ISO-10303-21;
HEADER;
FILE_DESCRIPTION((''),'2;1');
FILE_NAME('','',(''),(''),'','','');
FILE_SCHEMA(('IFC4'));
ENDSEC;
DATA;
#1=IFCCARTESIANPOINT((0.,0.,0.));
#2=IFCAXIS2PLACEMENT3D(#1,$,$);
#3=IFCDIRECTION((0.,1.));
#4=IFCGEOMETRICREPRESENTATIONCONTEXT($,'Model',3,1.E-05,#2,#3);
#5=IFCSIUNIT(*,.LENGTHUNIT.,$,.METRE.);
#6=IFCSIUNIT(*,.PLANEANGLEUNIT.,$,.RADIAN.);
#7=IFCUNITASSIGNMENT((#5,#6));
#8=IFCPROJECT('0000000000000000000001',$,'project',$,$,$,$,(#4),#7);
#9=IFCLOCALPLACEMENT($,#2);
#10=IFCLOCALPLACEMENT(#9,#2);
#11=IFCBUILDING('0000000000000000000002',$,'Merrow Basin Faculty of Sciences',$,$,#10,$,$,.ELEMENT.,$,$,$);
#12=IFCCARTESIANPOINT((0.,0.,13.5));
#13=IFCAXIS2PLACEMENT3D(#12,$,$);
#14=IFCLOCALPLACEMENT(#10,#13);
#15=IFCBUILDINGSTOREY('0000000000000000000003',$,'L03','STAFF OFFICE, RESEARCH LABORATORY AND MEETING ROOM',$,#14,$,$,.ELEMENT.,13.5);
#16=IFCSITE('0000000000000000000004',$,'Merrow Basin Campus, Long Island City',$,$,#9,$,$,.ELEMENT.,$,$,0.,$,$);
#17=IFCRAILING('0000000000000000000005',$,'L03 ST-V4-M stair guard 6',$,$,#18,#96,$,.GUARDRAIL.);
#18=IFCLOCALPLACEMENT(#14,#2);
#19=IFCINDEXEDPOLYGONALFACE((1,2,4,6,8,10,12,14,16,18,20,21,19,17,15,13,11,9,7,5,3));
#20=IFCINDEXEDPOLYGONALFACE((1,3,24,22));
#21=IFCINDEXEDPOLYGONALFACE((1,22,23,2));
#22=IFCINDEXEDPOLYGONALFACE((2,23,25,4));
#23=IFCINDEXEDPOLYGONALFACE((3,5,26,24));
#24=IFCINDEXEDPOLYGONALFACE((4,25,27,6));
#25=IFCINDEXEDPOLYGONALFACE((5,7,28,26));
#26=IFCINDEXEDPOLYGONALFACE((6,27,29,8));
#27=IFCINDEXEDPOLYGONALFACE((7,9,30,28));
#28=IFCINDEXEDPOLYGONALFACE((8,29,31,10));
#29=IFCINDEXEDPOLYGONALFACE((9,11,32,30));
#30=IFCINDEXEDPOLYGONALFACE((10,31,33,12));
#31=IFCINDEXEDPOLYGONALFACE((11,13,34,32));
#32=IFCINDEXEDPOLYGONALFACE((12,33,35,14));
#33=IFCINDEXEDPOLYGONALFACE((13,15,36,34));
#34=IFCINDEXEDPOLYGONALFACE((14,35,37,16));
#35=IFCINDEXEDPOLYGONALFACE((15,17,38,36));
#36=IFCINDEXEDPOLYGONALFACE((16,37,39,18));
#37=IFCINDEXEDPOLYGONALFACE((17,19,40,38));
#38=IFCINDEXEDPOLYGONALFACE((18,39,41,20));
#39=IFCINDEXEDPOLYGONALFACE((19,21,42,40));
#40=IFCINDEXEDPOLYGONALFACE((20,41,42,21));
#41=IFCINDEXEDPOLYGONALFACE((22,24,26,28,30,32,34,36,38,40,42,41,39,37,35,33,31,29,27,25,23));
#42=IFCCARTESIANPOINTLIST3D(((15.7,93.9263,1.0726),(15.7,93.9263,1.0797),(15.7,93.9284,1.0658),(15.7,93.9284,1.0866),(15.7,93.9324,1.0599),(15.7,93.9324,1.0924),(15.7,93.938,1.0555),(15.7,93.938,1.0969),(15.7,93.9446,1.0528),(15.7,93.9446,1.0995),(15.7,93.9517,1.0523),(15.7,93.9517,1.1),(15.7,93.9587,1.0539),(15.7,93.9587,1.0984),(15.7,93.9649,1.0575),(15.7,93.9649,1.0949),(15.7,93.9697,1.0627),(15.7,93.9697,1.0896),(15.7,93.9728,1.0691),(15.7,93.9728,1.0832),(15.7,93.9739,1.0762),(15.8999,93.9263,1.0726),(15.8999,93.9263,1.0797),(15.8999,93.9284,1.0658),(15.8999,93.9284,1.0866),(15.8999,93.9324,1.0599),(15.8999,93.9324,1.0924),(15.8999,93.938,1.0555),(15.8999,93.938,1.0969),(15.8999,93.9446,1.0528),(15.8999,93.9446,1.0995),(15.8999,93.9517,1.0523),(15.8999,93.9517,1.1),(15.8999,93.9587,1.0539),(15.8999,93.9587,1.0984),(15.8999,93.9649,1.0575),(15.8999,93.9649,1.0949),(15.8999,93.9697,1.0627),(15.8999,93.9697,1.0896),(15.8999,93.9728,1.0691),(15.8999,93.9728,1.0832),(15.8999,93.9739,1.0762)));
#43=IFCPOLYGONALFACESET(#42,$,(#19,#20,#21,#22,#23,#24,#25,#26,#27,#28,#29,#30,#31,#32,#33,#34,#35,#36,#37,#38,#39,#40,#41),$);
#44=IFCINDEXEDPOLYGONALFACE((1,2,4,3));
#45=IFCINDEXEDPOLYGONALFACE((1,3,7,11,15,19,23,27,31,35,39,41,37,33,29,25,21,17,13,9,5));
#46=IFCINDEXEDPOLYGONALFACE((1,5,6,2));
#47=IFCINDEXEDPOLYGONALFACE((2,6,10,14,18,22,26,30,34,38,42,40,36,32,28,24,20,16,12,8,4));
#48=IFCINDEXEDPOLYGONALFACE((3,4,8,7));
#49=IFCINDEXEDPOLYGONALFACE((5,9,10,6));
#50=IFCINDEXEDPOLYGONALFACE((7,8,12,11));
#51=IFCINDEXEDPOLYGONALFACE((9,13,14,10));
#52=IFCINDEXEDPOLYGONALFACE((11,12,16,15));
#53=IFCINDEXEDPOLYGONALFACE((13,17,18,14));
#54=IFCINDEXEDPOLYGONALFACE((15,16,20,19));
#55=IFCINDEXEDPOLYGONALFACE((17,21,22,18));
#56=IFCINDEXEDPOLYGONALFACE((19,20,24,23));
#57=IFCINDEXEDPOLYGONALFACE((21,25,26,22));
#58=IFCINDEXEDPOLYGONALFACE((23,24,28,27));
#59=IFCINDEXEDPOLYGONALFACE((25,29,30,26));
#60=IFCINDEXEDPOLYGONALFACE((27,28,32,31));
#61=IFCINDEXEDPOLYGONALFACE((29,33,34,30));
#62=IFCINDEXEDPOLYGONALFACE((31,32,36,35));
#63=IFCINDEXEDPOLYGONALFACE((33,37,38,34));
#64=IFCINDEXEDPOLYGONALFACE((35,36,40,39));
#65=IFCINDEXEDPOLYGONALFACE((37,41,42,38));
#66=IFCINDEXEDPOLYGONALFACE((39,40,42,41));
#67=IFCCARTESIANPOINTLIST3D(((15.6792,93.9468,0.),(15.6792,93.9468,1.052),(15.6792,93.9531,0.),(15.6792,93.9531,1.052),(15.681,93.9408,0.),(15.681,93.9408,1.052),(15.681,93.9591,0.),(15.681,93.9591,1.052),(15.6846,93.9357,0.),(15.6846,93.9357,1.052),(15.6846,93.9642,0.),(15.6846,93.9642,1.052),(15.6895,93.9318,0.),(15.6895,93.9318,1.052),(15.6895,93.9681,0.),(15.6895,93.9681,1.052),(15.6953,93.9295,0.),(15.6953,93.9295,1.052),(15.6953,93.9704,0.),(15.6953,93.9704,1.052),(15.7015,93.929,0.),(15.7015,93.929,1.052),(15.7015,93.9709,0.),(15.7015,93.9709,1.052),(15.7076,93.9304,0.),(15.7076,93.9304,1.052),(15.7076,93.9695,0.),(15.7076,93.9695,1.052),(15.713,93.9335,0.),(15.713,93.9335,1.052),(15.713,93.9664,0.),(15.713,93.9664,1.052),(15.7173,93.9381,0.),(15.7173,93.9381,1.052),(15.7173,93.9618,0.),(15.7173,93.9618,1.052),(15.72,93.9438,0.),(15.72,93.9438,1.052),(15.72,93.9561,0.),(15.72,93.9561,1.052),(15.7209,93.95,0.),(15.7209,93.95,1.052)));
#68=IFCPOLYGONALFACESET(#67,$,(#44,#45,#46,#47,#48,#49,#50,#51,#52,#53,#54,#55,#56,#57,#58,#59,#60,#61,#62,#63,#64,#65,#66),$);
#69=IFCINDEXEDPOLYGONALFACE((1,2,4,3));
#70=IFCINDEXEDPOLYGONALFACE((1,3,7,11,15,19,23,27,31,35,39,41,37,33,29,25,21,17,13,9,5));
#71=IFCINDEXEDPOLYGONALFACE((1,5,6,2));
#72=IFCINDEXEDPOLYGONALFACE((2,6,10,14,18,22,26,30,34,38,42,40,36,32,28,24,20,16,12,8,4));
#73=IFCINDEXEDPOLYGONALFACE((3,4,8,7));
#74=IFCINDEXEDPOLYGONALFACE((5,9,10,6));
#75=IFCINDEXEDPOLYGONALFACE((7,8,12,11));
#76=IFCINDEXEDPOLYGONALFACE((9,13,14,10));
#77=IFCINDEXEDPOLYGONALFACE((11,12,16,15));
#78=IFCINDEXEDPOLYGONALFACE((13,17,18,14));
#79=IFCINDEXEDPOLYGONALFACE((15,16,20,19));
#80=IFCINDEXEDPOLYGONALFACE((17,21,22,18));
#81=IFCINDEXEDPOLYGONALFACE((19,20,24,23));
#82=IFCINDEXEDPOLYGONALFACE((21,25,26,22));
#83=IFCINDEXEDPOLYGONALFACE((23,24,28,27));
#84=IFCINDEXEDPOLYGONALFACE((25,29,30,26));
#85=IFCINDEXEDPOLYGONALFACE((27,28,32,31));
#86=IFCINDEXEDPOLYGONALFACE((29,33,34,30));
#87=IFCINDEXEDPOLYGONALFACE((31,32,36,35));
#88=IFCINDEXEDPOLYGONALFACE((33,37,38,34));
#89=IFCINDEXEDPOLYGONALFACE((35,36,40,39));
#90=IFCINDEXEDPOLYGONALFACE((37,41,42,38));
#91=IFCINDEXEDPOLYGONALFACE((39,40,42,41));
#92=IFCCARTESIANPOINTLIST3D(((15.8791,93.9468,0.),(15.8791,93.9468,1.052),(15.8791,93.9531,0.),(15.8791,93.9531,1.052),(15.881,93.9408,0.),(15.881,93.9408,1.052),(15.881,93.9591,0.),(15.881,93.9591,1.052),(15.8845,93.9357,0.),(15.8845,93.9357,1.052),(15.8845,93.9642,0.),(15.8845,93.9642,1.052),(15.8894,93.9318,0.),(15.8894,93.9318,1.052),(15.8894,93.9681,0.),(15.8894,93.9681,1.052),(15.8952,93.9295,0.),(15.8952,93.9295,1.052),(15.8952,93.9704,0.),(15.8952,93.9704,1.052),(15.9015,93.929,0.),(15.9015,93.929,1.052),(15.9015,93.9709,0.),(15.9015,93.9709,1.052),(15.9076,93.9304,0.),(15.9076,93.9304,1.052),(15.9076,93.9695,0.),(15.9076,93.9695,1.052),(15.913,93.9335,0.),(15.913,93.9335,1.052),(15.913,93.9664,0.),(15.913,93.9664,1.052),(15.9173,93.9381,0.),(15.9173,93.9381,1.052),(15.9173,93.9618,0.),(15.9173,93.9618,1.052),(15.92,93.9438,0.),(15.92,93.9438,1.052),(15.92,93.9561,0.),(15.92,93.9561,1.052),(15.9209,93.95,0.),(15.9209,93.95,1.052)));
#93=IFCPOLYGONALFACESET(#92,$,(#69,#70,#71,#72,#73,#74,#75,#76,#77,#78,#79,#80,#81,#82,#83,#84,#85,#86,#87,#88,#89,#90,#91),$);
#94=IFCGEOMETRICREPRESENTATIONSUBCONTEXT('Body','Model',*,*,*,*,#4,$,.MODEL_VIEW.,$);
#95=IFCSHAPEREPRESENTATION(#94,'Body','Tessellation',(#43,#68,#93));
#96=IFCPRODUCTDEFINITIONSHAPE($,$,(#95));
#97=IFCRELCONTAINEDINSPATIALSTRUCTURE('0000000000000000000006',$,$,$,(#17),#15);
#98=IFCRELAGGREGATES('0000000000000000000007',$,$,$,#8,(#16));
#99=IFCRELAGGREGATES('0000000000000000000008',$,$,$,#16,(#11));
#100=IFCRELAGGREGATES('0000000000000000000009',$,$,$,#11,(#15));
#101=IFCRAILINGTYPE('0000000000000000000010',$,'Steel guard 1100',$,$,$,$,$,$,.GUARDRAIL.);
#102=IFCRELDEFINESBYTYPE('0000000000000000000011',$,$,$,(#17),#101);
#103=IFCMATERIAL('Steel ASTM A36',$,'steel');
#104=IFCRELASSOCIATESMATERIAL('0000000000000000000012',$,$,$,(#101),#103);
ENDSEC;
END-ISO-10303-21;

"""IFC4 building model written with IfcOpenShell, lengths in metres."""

from ifc_helpers import new_model, si_unit, direction, frame, origin, origin_2d, place, context, subcontext, project, spatial, circle, extrude, material, type_object, element, save


model = new_model("IFC4")

# Units and contexts
model_context = context("Model", 3, precision=1e-05, world=origin(), true_north=direction((0.0, 1.0)))
body_context = subcontext(model_context, "Body", "Model", "MODEL_VIEW")
ifc_project = project(units=[si_unit("LENGTHUNIT", "METRE"), si_unit("PLANEANGLEUNIT", "RADIAN")], contexts=[model_context])

# Site, building, storey
site_placement = place(None, origin())
site = spatial("IfcSite", under=ifc_project, at=site_placement, Name="Merrow Basin Campus, Long Island City", CompositionType="ELEMENT", RefElevation=0.0)
building_placement = place(site_placement, origin())
building = spatial("IfcBuilding", under=site, at=building_placement, Name="Merrow Basin Faculty of Sciences", CompositionType="ELEMENT")
storey_placement = place(building_placement, frame((0.0, 0.0, 13.5)))
storey = spatial("IfcBuildingStorey", under=building, at=storey_placement, Name="L03", Description="STAFF OFFICE, RESEARCH LABORATORY AND MEETING ROOM", CompositionType="ELEMENT", Elevation=13.5)

# Railing
ifc_material_1 = material(Name="Steel ASTM A36", Category="steel")
railing_type_1 = type_object("IfcRailingType", Name="Steel guard 1100", PredefinedType="GUARDRAIL", material=ifc_material_1)
railing_1_placement = place(storey_placement, frame((15.7, 93.95, 0.0)))
element("IfcRailing", 1, at=railing_1_placement, inside=storey, type_object=railing_type_1, Name="L03 ST-V4-M stair guard 6", PredefinedType="GUARDRAIL", context=body_context, shape_type="SweptSolid", body=[
    extrude(circle(Radius=0.0239, at=origin_2d()), frame((0.0, 0.0, 1.0762), z_axis=(1.0, 0.0, 0.0), x_axis=(0.0, 1.0, 0.0)), (0.0, 0.0, 1.0), 0.2),
    extrude(circle(Radius=0.021, at=origin_2d()), origin(), (0.0, 0.0, 1.0), 1.052),
    extrude(circle(Radius=0.021, at=origin_2d()), frame((0.2, 0.0, 0.0)), (0.0, 0.0, 1.0), 1.052),
])

save(model, "model.ifc")
